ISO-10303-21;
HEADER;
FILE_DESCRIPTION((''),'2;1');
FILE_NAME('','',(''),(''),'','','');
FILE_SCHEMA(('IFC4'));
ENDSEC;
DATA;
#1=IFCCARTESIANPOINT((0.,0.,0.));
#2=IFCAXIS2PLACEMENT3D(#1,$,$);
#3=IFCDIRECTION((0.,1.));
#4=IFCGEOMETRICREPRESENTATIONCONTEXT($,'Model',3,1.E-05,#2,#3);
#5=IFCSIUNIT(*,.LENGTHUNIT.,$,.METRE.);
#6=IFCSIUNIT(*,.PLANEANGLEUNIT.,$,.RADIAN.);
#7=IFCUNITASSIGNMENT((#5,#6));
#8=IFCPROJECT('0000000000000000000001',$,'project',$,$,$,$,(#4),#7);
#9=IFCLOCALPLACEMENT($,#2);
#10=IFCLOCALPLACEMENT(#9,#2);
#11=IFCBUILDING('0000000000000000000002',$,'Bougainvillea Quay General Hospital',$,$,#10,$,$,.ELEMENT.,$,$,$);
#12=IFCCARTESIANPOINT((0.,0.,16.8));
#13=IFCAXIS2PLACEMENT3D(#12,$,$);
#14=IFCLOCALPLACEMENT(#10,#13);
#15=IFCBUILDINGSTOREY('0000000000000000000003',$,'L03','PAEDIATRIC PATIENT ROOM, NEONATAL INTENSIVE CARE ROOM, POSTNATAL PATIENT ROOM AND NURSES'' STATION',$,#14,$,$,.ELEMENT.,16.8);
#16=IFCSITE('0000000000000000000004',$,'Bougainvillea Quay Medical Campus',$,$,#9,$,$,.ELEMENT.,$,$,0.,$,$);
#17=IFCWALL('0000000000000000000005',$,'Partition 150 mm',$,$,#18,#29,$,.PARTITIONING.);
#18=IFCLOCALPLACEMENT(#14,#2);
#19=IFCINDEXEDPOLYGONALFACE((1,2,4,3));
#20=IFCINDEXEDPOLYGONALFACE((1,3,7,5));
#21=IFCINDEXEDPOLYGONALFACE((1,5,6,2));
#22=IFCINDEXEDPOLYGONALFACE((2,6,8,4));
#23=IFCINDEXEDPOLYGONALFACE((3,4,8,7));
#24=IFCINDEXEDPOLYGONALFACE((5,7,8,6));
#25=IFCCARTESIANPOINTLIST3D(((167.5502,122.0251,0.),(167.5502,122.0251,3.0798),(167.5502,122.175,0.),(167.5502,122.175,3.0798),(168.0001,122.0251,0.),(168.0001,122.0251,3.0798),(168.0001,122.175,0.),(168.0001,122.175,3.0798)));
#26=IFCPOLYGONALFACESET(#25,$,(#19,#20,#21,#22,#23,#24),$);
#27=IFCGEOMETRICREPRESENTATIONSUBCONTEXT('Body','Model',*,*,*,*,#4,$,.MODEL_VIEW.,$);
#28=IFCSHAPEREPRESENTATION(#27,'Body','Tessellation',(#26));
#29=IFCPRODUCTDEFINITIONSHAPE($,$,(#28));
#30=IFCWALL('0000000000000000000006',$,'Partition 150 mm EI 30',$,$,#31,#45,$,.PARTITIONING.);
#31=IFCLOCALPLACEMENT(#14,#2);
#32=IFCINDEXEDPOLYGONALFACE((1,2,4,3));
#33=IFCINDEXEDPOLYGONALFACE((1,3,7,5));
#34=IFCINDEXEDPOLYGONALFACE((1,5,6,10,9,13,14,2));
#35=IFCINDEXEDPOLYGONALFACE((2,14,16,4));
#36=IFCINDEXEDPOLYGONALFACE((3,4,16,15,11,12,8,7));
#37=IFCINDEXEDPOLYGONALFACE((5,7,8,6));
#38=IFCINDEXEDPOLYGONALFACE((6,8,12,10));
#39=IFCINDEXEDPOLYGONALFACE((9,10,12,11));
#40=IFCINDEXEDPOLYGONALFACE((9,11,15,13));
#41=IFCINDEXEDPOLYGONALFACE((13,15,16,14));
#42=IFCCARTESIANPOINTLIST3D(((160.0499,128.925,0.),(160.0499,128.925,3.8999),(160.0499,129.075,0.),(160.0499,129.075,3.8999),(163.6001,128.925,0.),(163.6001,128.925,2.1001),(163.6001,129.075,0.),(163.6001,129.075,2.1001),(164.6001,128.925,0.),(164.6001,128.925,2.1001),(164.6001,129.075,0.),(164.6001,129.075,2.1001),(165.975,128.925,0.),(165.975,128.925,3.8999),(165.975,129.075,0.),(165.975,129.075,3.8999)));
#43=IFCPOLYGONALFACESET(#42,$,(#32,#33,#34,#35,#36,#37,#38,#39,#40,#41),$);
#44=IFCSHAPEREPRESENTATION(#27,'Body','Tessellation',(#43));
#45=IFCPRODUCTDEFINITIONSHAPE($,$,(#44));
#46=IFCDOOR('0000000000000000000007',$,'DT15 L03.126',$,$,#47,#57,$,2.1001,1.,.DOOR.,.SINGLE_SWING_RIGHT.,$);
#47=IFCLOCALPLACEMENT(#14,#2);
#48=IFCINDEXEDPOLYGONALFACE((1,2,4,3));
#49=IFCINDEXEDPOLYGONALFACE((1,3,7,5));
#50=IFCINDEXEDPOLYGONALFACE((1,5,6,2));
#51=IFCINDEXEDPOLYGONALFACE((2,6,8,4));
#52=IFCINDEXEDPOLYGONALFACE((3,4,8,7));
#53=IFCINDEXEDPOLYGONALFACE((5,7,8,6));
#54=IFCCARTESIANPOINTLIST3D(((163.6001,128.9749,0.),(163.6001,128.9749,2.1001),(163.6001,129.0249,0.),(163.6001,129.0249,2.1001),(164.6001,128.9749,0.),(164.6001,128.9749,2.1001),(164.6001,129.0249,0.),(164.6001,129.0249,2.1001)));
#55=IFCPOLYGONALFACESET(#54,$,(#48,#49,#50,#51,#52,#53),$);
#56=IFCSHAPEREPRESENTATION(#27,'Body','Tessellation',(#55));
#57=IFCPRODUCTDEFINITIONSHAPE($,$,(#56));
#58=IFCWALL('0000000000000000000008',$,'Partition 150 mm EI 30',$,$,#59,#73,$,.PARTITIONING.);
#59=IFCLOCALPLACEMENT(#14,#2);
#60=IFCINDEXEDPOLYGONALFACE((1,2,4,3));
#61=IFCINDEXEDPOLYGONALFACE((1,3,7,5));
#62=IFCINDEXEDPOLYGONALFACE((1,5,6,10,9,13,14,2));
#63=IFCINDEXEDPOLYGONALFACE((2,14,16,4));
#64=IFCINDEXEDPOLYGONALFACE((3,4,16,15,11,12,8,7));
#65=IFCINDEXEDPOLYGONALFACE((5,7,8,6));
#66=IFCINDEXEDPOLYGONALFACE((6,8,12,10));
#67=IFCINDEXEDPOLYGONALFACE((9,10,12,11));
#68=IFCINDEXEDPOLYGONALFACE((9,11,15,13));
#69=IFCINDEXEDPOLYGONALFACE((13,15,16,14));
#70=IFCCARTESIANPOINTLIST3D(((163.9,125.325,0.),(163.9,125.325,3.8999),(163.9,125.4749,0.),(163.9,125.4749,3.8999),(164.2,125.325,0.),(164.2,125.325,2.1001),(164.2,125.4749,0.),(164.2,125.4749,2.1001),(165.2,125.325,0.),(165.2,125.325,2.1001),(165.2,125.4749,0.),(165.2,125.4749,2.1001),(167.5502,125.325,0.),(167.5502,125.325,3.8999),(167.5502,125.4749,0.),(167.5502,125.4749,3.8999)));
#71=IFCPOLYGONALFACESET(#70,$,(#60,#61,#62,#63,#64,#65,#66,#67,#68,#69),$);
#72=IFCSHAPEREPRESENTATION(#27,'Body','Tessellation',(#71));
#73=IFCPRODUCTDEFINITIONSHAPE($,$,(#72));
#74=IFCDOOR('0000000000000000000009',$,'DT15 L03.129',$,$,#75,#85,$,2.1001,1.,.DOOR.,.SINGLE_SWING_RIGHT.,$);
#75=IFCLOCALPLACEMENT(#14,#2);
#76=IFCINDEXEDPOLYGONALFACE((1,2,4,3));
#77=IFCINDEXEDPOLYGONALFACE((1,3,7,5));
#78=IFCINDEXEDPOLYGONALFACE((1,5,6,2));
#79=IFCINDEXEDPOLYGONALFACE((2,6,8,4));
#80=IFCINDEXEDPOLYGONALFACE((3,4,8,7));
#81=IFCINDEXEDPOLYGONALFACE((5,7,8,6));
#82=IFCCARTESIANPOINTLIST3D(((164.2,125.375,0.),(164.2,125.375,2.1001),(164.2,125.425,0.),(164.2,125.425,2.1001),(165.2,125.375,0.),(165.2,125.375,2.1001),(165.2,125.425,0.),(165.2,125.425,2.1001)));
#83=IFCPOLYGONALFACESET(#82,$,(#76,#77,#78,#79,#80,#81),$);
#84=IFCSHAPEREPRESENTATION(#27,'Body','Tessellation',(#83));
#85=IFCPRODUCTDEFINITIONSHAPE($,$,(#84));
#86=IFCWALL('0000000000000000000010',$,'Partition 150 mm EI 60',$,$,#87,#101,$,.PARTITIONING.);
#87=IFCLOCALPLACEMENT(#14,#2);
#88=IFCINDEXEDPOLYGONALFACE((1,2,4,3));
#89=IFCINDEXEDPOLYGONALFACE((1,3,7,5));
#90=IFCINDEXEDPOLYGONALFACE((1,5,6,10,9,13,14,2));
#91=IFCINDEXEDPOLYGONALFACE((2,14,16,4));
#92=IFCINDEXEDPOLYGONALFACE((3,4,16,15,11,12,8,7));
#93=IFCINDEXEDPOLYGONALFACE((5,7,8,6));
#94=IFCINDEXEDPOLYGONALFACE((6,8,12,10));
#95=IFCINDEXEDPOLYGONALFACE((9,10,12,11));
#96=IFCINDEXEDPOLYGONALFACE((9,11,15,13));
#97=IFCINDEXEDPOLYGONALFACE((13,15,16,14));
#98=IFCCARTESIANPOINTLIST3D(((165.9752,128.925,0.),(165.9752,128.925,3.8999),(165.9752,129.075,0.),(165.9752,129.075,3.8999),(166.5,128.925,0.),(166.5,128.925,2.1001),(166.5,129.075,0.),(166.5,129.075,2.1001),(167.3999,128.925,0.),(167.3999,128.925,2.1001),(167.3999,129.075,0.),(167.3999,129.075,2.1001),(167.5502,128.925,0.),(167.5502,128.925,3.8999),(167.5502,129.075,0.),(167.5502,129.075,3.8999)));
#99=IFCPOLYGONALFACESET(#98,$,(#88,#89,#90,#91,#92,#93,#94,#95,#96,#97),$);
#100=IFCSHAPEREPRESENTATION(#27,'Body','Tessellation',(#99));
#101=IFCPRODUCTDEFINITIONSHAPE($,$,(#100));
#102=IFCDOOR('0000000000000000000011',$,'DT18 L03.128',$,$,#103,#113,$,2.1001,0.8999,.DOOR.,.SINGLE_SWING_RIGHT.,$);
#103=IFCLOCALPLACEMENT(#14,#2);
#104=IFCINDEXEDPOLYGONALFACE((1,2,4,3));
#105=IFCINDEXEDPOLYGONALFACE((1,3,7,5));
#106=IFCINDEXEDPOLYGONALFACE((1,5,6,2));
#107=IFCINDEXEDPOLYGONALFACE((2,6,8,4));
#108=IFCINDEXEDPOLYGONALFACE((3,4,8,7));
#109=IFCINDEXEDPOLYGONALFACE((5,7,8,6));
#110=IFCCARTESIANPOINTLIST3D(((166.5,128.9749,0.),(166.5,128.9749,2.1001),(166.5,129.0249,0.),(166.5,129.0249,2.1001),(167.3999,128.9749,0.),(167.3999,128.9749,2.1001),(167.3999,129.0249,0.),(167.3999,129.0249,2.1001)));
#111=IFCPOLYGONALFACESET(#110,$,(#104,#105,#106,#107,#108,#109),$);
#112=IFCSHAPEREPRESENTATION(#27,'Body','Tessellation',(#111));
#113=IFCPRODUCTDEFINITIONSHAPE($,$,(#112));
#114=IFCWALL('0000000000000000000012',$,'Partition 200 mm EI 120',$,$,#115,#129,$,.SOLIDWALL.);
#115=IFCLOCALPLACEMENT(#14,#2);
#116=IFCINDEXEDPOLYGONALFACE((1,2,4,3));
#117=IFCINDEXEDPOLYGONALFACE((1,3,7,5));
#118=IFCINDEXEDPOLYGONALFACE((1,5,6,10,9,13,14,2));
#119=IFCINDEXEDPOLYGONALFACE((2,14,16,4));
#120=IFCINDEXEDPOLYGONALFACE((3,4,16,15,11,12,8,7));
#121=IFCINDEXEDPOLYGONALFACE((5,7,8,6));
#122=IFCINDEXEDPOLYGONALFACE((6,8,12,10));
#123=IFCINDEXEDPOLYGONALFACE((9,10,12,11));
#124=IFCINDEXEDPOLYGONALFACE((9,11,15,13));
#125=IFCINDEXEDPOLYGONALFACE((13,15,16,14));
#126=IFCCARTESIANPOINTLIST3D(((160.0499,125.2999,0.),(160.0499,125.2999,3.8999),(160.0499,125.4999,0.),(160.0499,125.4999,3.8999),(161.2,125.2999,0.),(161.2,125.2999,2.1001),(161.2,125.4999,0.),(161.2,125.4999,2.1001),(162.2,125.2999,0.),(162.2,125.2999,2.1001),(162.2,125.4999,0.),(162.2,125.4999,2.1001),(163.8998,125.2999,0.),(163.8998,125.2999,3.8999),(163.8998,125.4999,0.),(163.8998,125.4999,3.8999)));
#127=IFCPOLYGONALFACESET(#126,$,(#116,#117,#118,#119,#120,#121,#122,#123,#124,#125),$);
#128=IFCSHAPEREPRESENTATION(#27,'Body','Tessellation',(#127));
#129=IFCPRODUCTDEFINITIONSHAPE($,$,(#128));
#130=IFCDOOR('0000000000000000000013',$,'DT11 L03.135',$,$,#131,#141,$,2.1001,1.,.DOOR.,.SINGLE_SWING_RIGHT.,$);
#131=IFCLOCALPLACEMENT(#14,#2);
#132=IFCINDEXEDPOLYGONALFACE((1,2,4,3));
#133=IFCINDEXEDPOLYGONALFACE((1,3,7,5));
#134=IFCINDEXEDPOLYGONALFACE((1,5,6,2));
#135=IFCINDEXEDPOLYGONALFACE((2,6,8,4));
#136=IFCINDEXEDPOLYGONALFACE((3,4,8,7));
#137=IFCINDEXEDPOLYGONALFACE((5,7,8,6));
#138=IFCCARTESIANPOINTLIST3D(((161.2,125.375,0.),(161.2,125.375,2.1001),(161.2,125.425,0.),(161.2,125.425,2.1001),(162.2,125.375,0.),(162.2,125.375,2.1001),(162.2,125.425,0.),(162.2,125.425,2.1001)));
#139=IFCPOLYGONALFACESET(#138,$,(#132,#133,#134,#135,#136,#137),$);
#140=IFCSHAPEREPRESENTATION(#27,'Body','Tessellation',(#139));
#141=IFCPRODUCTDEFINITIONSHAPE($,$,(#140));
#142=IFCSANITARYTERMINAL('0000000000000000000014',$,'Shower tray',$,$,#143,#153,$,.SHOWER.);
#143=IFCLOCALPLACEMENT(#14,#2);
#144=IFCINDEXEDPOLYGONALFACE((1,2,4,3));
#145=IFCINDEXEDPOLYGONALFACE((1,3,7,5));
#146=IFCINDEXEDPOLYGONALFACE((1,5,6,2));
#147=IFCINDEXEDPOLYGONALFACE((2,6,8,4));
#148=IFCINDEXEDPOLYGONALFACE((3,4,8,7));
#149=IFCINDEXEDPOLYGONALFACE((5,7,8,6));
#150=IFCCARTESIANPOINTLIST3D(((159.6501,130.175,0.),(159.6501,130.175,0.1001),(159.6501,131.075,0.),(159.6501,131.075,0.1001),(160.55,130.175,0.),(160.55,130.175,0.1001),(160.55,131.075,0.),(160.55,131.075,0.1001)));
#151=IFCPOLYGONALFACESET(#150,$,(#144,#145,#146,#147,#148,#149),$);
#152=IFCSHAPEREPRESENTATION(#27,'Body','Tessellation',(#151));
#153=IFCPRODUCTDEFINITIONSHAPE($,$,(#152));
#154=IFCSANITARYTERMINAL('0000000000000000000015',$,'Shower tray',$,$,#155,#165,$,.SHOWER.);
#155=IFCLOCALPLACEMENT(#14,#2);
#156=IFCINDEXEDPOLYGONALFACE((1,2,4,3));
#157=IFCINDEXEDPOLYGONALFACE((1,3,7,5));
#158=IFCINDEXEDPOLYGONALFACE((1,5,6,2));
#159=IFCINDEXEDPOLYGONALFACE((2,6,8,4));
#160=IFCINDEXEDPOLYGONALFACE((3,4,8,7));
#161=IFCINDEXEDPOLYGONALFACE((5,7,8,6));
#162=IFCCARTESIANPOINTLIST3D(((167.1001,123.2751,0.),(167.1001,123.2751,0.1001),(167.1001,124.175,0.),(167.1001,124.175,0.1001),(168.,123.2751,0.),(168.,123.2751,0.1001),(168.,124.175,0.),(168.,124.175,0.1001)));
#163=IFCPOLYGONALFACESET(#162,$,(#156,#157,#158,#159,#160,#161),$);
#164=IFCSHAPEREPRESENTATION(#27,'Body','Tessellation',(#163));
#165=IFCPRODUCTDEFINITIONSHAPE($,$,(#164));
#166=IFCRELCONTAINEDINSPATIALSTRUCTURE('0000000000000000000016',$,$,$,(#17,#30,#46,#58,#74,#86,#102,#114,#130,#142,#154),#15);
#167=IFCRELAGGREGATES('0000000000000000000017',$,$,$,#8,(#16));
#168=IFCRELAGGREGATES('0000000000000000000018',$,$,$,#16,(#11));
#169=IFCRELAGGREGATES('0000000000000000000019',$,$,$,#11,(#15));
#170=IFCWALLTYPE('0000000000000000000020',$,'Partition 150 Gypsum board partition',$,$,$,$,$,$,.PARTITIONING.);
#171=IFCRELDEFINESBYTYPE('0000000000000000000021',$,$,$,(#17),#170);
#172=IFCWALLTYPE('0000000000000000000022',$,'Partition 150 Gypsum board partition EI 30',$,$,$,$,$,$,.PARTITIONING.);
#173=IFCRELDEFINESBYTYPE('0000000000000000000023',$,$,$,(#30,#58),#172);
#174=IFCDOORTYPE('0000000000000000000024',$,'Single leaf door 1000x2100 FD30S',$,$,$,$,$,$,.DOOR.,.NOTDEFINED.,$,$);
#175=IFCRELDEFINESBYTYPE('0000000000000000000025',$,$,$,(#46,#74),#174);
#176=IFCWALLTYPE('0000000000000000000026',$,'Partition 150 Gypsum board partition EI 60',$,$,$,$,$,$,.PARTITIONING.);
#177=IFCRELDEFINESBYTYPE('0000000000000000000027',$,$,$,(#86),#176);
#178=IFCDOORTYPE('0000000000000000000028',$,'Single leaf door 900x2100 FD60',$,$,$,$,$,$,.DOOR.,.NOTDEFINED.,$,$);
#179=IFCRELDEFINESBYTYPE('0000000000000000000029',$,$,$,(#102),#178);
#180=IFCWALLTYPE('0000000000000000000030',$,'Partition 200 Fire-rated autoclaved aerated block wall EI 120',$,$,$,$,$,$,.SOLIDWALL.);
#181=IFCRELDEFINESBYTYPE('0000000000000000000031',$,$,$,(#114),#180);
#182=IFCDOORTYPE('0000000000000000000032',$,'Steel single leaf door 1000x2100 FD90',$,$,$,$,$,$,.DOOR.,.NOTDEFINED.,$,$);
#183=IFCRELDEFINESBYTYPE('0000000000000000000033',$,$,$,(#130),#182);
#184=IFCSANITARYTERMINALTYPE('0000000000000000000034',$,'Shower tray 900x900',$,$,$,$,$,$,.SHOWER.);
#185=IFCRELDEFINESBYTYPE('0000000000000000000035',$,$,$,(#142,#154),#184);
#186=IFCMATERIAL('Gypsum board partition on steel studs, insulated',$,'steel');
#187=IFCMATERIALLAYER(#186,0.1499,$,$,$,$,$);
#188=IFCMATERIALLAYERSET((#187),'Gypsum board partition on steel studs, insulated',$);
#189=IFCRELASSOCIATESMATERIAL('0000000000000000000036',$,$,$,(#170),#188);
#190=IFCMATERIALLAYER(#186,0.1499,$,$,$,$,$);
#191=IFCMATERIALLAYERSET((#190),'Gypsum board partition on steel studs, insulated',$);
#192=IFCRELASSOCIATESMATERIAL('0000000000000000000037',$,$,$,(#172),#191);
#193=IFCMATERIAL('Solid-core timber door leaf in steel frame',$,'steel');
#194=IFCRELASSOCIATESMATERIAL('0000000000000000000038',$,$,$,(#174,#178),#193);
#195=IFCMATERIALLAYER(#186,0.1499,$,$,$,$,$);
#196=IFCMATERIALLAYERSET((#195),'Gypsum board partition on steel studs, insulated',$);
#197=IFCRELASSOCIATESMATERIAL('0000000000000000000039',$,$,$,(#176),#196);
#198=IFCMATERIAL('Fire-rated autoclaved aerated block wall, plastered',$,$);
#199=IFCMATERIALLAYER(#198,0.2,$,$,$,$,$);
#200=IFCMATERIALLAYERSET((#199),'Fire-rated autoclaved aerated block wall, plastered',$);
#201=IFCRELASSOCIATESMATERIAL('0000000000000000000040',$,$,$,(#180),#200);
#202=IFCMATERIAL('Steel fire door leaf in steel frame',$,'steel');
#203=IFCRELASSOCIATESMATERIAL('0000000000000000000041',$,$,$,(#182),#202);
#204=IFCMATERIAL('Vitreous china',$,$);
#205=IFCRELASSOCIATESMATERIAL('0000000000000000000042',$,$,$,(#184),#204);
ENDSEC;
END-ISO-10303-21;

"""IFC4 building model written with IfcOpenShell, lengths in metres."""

from ifc_helpers import new_model, si_unit, direction, frame, frame_2d, origin, origin_2d, place, context, subcontext, project, spatial, rectangle, extrude, material, layer, layer_set, type_object, element, fill, save


model = new_model("IFC4")

# Units and contexts
model_context = context("Model", 3, precision=1e-05, world=origin(), true_north=direction((0.0, 1.0)))
body_context = subcontext(model_context, "Body", "Model", "MODEL_VIEW")
ifc_project = project(units=[si_unit("LENGTHUNIT", "METRE"), si_unit("PLANEANGLEUNIT", "RADIAN")], contexts=[model_context])

# Site, building, storey
site_placement = place(None, origin())
site = spatial("IfcSite", under=ifc_project, at=site_placement, Name="Bougainvillea Quay Medical Campus", CompositionType="ELEMENT", RefElevation=0.0)
building_placement = place(site_placement, origin())
building = spatial("IfcBuilding", under=site, at=building_placement, Name="Bougainvillea Quay General Hospital", CompositionType="ELEMENT")
storey_placement = place(building_placement, frame((0.0, 0.0, 16.8)))
storey = spatial("IfcBuildingStorey", under=building, at=storey_placement, Name="L03", Description="PAEDIATRIC PATIENT ROOM, NEONATAL INTENSIVE CARE ROOM, POSTNATAL PATIENT ROOM AND NURSES' STATION", CompositionType="ELEMENT", Elevation=16.8)

# Shared definitions
ifc_material_1 = material(Name="Gypsum board partition on steel studs, insulated", Category="steel")
ifc_layer_1 = layer(ifc_material_1, 0.1499)
ifc_layer_set_1 = layer_set([ifc_layer_1], Name="Gypsum board partition on steel studs, insulated")
wall_type_1 = type_object("IfcWallType", Name="Partition 150 Gypsum board partition", PredefinedType="PARTITIONING", material=ifc_layer_set_1)

# Shared definitions
ifc_material_2 = material(Name="Solid-core timber door leaf in steel frame", Category="steel")

# Wall
wall_1_placement = place(storey_placement, frame((167.55, 122.1001, 0.0), z_axis=(0.0, 0.0, 1.0), x_axis=(1.0, 0.0, 0.0)))
element("IfcWall", 1, at=wall_1_placement, inside=storey, type_object=wall_type_1, Name="Partition 150 mm", PredefinedType="PARTITIONING", context=body_context, shape_type="SweptSolid", body=[
    extrude(rectangle(XDim=0.45, YDim=0.1499, at=frame_2d((0.2251, 0.0))), origin(), (0.0, 0.0, 1.0), 3.0798),
])

# Walls, openings, doors
ifc_layer_2 = layer(ifc_material_1, 0.1499)
ifc_layer_set_2 = layer_set([ifc_layer_2], Name="Gypsum board partition on steel studs, insulated")
wall_type_2 = type_object("IfcWallType", Name="Partition 150 Gypsum board partition EI 30", PredefinedType="PARTITIONING", material=ifc_layer_set_2)
wall_2_placement = place(storey_placement, frame((160.05, 129.0, 0.0), z_axis=(0.0, 0.0, 1.0), x_axis=(1.0, 0.0, 0.0)))
wall_2 = element("IfcWall", 2, at=wall_2_placement, inside=storey, type_object=wall_type_2, Name="Partition 150 mm EI 30", PredefinedType="PARTITIONING", context=body_context, shape_type="SweptSolid", body=[
    extrude(rectangle(XDim=5.925, YDim=0.1499, at=frame_2d((2.9624, 0.0))), origin(), (0.0, 0.0, 1.0), 3.8999),
])
opening_1_placement = place(wall_2_placement, frame((3.55, 0.0, 0.0)))
opening_1 = element("IfcOpeningElement", 3, at=opening_1_placement, cuts=wall_2, PredefinedType="OPENING", context=body_context, shape_type="SweptSolid", body=[
    extrude(rectangle(XDim=1.0, YDim=2.1001, at=frame_2d((0.5, 1.05))), frame((0.0, 0.085, 0.0), z_axis=(0.0, -1.0, 0.0), x_axis=(1.0, 0.0, 0.0)), (0.0, 0.0, 1.0), 0.1699),
])
door_type_1 = type_object("IfcDoorType", Name="Single leaf door 1000x2100 FD30S", OperationType="NOTDEFINED", PredefinedType="DOOR", material=ifc_material_2)
door_1_placement = place(opening_1_placement, origin())
door_1 = element("IfcDoor", 4, at=door_1_placement, inside=storey, type_object=door_type_1, Name="DT15 L03.126", OperationType="SINGLE_SWING_RIGHT", OverallHeight=2.1001, OverallWidth=1.0, PredefinedType="DOOR", context=body_context, shape_type="SweptSolid", body=[
    extrude(rectangle(XDim=1.0, YDim=2.1001, at=frame_2d((0.5, 1.05))), frame((0.0, 0.0249, 0.0), z_axis=(0.0, -1.0, 0.0), x_axis=(1.0, 0.0, 0.0)), (0.0, 0.0, 1.0), 0.05),
])
fill(opening_1, door_1)
wall_3_placement = place(storey_placement, frame((163.8999, 125.3999, 0.0), z_axis=(0.0, 0.0, 1.0), x_axis=(1.0, 0.0, 0.0)))
wall_3 = element("IfcWall", 5, at=wall_3_placement, inside=storey, type_object=wall_type_2, Name="Partition 150 mm EI 30", PredefinedType="PARTITIONING", context=body_context, shape_type="SweptSolid", body=[
    extrude(rectangle(XDim=3.6501, YDim=0.1499, at=frame_2d((1.8252, 0.0))), origin(), (0.0, 0.0, 1.0), 3.8999),
])
opening_2_placement = place(wall_3_placement, frame((0.3, 0.0, 0.0)))
opening_2 = element("IfcOpeningElement", 6, at=opening_2_placement, cuts=wall_3, PredefinedType="OPENING", context=body_context, shape_type="SweptSolid", body=[
    extrude(rectangle(XDim=1.0, YDim=2.1001, at=frame_2d((0.5, 1.05))), frame((0.0, 0.085, 0.0), z_axis=(0.0, -1.0, 0.0), x_axis=(1.0, 0.0, 0.0)), (0.0, 0.0, 1.0), 0.1699),
])
door_2_placement = place(opening_2_placement, frame((1.0, 0.0, 0.0), z_axis=(0.0, 0.0, 1.0), x_axis=(-1.0, 0.0, 0.0)))
door_2 = element("IfcDoor", 7, at=door_2_placement, inside=storey, type_object=door_type_1, Name="DT15 L03.129", OperationType="SINGLE_SWING_RIGHT", OverallHeight=2.1001, OverallWidth=1.0, PredefinedType="DOOR", context=body_context, shape_type="SweptSolid", body=[
    extrude(rectangle(XDim=1.0, YDim=2.1001, at=frame_2d((0.5, 1.05))), frame((0.0, 0.0249, 0.0), z_axis=(0.0, -1.0, 0.0), x_axis=(1.0, 0.0, 0.0)), (0.0, 0.0, 1.0), 0.05),
])
fill(opening_2, door_2)
ifc_layer_3 = layer(ifc_material_1, 0.1499)
ifc_layer_set_3 = layer_set([ifc_layer_3], Name="Gypsum board partition on steel studs, insulated")
wall_type_3 = type_object("IfcWallType", Name="Partition 150 Gypsum board partition EI 60", PredefinedType="PARTITIONING", material=ifc_layer_set_3)
wall_4_placement = place(storey_placement, frame((165.9751, 129.0, 0.0), z_axis=(0.0, 0.0, 1.0), x_axis=(1.0, 0.0, 0.0)))
wall_4 = element("IfcWall", 8, at=wall_4_placement, inside=storey, type_object=wall_type_3, Name="Partition 150 mm EI 60", PredefinedType="PARTITIONING", context=body_context, shape_type="SweptSolid", body=[
    extrude(rectangle(XDim=1.575, YDim=0.1499, at=frame_2d((0.7876, 0.0))), origin(), (0.0, 0.0, 1.0), 3.8999),
])
opening_3_placement = place(wall_4_placement, frame((0.5249, 0.0, 0.0)))
opening_3 = element("IfcOpeningElement", 9, at=opening_3_placement, cuts=wall_4, PredefinedType="OPENING", context=body_context, shape_type="SweptSolid", body=[
    extrude(rectangle(XDim=0.8999, YDim=2.1001, at=frame_2d((0.45, 1.05))), frame((0.0, 0.085, 0.0), z_axis=(0.0, -1.0, 0.0), x_axis=(1.0, 0.0, 0.0)), (0.0, 0.0, 1.0), 0.1699),
])
door_type_2 = type_object("IfcDoorType", Name="Single leaf door 900x2100 FD60", OperationType="NOTDEFINED", PredefinedType="DOOR", material=ifc_material_2)
door_3_placement = place(opening_3_placement, origin())
door_3 = element("IfcDoor", 10, at=door_3_placement, inside=storey, type_object=door_type_2, Name="DT18 L03.128", OperationType="SINGLE_SWING_RIGHT", OverallHeight=2.1001, OverallWidth=0.8999, PredefinedType="DOOR", context=body_context, shape_type="SweptSolid", body=[
    extrude(rectangle(XDim=0.8999, YDim=2.1001, at=frame_2d((0.45, 1.05))), frame((0.0, 0.0249, 0.0), z_axis=(0.0, -1.0, 0.0), x_axis=(1.0, 0.0, 0.0)), (0.0, 0.0, 1.0), 0.05),
])
fill(opening_3, door_3)
ifc_material_3 = material(Name="Fire-rated autoclaved aerated block wall, plastered")
ifc_layer_4 = layer(ifc_material_3, 0.2)
ifc_layer_set_4 = layer_set([ifc_layer_4], Name="Fire-rated autoclaved aerated block wall, plastered")
wall_type_4 = type_object("IfcWallType", Name="Partition 200 Fire-rated autoclaved aerated block wall EI 120", PredefinedType="SOLIDWALL", material=ifc_layer_set_4)
wall_5_placement = place(storey_placement, frame((160.05, 125.3999, 0.0), z_axis=(0.0, 0.0, 1.0), x_axis=(1.0, 0.0, 0.0)))
wall_5 = element("IfcWall", 11, at=wall_5_placement, inside=storey, type_object=wall_type_4, Name="Partition 200 mm EI 120", PredefinedType="SOLIDWALL", context=body_context, shape_type="SweptSolid", body=[
    extrude(rectangle(XDim=3.8499, YDim=0.2, at=frame_2d((1.9248, 0.0))), origin(), (0.0, 0.0, 1.0), 3.8999),
])
opening_4_placement = place(wall_5_placement, frame((1.1499, 0.0, 0.0)))
opening_4 = element("IfcOpeningElement", 12, at=opening_4_placement, cuts=wall_5, PredefinedType="OPENING", context=body_context, shape_type="SweptSolid", body=[
    extrude(rectangle(XDim=1.0, YDim=2.1001, at=frame_2d((0.5, 1.05))), frame((0.0, 0.1099, 0.0), z_axis=(0.0, -1.0, 0.0), x_axis=(1.0, 0.0, 0.0)), (0.0, 0.0, 1.0), 0.22),
])
ifc_material_4 = material(Name="Steel fire door leaf in steel frame", Category="steel")
door_type_3 = type_object("IfcDoorType", Name="Steel single leaf door 1000x2100 FD90", OperationType="NOTDEFINED", PredefinedType="DOOR", material=ifc_material_4)
door_4_placement = place(opening_4_placement, frame((1.0, 0.0, 0.0), z_axis=(0.0, 0.0, 1.0), x_axis=(-1.0, 0.0, 0.0)))
door_4 = element("IfcDoor", 13, at=door_4_placement, inside=storey, type_object=door_type_3, Name="DT11 L03.135", OperationType="SINGLE_SWING_RIGHT", OverallHeight=2.1001, OverallWidth=1.0, PredefinedType="DOOR", context=body_context, shape_type="SweptSolid", body=[
    extrude(rectangle(XDim=1.0, YDim=2.1001, at=frame_2d((0.5, 1.05))), frame((0.0, 0.0249, 0.0), z_axis=(0.0, -1.0, 0.0), x_axis=(1.0, 0.0, 0.0)), (0.0, 0.0, 1.0), 0.05),
])
fill(opening_4, door_4)

# Sanitary terminals
ifc_material_5 = material(Name="Vitreous china")
sanitary_terminal_type_1 = type_object("IfcSanitaryTerminalType", Name="Shower tray 900x900", PredefinedType="SHOWER", material=ifc_material_5)
for number, where, z_axis, x_axis, name in (
    (14, (160.1001, 130.625, 0.0), (0.0, 0.0, 1.0), (0.0, 1.0, 0.0), "Shower tray"),
    (15, (167.55, 123.7251, 0.0), (0.0, 0.0, 1.0), (0.0, -1.0, 0.0), "Shower tray"),
):
    element("IfcSanitaryTerminal", number, at=place(storey_placement, frame(where, z_axis=z_axis, x_axis=x_axis)), inside=storey, type_object=sanitary_terminal_type_1, Name=name, PredefinedType="SHOWER", context=body_context, shape_type="SweptSolid", body=[
        extrude(rectangle(XDim=0.8999, YDim=0.8999, at=origin_2d()), origin(), (0.0, 0.0, 1.0), 0.1001),
    ])

save(model, "model.ifc")
